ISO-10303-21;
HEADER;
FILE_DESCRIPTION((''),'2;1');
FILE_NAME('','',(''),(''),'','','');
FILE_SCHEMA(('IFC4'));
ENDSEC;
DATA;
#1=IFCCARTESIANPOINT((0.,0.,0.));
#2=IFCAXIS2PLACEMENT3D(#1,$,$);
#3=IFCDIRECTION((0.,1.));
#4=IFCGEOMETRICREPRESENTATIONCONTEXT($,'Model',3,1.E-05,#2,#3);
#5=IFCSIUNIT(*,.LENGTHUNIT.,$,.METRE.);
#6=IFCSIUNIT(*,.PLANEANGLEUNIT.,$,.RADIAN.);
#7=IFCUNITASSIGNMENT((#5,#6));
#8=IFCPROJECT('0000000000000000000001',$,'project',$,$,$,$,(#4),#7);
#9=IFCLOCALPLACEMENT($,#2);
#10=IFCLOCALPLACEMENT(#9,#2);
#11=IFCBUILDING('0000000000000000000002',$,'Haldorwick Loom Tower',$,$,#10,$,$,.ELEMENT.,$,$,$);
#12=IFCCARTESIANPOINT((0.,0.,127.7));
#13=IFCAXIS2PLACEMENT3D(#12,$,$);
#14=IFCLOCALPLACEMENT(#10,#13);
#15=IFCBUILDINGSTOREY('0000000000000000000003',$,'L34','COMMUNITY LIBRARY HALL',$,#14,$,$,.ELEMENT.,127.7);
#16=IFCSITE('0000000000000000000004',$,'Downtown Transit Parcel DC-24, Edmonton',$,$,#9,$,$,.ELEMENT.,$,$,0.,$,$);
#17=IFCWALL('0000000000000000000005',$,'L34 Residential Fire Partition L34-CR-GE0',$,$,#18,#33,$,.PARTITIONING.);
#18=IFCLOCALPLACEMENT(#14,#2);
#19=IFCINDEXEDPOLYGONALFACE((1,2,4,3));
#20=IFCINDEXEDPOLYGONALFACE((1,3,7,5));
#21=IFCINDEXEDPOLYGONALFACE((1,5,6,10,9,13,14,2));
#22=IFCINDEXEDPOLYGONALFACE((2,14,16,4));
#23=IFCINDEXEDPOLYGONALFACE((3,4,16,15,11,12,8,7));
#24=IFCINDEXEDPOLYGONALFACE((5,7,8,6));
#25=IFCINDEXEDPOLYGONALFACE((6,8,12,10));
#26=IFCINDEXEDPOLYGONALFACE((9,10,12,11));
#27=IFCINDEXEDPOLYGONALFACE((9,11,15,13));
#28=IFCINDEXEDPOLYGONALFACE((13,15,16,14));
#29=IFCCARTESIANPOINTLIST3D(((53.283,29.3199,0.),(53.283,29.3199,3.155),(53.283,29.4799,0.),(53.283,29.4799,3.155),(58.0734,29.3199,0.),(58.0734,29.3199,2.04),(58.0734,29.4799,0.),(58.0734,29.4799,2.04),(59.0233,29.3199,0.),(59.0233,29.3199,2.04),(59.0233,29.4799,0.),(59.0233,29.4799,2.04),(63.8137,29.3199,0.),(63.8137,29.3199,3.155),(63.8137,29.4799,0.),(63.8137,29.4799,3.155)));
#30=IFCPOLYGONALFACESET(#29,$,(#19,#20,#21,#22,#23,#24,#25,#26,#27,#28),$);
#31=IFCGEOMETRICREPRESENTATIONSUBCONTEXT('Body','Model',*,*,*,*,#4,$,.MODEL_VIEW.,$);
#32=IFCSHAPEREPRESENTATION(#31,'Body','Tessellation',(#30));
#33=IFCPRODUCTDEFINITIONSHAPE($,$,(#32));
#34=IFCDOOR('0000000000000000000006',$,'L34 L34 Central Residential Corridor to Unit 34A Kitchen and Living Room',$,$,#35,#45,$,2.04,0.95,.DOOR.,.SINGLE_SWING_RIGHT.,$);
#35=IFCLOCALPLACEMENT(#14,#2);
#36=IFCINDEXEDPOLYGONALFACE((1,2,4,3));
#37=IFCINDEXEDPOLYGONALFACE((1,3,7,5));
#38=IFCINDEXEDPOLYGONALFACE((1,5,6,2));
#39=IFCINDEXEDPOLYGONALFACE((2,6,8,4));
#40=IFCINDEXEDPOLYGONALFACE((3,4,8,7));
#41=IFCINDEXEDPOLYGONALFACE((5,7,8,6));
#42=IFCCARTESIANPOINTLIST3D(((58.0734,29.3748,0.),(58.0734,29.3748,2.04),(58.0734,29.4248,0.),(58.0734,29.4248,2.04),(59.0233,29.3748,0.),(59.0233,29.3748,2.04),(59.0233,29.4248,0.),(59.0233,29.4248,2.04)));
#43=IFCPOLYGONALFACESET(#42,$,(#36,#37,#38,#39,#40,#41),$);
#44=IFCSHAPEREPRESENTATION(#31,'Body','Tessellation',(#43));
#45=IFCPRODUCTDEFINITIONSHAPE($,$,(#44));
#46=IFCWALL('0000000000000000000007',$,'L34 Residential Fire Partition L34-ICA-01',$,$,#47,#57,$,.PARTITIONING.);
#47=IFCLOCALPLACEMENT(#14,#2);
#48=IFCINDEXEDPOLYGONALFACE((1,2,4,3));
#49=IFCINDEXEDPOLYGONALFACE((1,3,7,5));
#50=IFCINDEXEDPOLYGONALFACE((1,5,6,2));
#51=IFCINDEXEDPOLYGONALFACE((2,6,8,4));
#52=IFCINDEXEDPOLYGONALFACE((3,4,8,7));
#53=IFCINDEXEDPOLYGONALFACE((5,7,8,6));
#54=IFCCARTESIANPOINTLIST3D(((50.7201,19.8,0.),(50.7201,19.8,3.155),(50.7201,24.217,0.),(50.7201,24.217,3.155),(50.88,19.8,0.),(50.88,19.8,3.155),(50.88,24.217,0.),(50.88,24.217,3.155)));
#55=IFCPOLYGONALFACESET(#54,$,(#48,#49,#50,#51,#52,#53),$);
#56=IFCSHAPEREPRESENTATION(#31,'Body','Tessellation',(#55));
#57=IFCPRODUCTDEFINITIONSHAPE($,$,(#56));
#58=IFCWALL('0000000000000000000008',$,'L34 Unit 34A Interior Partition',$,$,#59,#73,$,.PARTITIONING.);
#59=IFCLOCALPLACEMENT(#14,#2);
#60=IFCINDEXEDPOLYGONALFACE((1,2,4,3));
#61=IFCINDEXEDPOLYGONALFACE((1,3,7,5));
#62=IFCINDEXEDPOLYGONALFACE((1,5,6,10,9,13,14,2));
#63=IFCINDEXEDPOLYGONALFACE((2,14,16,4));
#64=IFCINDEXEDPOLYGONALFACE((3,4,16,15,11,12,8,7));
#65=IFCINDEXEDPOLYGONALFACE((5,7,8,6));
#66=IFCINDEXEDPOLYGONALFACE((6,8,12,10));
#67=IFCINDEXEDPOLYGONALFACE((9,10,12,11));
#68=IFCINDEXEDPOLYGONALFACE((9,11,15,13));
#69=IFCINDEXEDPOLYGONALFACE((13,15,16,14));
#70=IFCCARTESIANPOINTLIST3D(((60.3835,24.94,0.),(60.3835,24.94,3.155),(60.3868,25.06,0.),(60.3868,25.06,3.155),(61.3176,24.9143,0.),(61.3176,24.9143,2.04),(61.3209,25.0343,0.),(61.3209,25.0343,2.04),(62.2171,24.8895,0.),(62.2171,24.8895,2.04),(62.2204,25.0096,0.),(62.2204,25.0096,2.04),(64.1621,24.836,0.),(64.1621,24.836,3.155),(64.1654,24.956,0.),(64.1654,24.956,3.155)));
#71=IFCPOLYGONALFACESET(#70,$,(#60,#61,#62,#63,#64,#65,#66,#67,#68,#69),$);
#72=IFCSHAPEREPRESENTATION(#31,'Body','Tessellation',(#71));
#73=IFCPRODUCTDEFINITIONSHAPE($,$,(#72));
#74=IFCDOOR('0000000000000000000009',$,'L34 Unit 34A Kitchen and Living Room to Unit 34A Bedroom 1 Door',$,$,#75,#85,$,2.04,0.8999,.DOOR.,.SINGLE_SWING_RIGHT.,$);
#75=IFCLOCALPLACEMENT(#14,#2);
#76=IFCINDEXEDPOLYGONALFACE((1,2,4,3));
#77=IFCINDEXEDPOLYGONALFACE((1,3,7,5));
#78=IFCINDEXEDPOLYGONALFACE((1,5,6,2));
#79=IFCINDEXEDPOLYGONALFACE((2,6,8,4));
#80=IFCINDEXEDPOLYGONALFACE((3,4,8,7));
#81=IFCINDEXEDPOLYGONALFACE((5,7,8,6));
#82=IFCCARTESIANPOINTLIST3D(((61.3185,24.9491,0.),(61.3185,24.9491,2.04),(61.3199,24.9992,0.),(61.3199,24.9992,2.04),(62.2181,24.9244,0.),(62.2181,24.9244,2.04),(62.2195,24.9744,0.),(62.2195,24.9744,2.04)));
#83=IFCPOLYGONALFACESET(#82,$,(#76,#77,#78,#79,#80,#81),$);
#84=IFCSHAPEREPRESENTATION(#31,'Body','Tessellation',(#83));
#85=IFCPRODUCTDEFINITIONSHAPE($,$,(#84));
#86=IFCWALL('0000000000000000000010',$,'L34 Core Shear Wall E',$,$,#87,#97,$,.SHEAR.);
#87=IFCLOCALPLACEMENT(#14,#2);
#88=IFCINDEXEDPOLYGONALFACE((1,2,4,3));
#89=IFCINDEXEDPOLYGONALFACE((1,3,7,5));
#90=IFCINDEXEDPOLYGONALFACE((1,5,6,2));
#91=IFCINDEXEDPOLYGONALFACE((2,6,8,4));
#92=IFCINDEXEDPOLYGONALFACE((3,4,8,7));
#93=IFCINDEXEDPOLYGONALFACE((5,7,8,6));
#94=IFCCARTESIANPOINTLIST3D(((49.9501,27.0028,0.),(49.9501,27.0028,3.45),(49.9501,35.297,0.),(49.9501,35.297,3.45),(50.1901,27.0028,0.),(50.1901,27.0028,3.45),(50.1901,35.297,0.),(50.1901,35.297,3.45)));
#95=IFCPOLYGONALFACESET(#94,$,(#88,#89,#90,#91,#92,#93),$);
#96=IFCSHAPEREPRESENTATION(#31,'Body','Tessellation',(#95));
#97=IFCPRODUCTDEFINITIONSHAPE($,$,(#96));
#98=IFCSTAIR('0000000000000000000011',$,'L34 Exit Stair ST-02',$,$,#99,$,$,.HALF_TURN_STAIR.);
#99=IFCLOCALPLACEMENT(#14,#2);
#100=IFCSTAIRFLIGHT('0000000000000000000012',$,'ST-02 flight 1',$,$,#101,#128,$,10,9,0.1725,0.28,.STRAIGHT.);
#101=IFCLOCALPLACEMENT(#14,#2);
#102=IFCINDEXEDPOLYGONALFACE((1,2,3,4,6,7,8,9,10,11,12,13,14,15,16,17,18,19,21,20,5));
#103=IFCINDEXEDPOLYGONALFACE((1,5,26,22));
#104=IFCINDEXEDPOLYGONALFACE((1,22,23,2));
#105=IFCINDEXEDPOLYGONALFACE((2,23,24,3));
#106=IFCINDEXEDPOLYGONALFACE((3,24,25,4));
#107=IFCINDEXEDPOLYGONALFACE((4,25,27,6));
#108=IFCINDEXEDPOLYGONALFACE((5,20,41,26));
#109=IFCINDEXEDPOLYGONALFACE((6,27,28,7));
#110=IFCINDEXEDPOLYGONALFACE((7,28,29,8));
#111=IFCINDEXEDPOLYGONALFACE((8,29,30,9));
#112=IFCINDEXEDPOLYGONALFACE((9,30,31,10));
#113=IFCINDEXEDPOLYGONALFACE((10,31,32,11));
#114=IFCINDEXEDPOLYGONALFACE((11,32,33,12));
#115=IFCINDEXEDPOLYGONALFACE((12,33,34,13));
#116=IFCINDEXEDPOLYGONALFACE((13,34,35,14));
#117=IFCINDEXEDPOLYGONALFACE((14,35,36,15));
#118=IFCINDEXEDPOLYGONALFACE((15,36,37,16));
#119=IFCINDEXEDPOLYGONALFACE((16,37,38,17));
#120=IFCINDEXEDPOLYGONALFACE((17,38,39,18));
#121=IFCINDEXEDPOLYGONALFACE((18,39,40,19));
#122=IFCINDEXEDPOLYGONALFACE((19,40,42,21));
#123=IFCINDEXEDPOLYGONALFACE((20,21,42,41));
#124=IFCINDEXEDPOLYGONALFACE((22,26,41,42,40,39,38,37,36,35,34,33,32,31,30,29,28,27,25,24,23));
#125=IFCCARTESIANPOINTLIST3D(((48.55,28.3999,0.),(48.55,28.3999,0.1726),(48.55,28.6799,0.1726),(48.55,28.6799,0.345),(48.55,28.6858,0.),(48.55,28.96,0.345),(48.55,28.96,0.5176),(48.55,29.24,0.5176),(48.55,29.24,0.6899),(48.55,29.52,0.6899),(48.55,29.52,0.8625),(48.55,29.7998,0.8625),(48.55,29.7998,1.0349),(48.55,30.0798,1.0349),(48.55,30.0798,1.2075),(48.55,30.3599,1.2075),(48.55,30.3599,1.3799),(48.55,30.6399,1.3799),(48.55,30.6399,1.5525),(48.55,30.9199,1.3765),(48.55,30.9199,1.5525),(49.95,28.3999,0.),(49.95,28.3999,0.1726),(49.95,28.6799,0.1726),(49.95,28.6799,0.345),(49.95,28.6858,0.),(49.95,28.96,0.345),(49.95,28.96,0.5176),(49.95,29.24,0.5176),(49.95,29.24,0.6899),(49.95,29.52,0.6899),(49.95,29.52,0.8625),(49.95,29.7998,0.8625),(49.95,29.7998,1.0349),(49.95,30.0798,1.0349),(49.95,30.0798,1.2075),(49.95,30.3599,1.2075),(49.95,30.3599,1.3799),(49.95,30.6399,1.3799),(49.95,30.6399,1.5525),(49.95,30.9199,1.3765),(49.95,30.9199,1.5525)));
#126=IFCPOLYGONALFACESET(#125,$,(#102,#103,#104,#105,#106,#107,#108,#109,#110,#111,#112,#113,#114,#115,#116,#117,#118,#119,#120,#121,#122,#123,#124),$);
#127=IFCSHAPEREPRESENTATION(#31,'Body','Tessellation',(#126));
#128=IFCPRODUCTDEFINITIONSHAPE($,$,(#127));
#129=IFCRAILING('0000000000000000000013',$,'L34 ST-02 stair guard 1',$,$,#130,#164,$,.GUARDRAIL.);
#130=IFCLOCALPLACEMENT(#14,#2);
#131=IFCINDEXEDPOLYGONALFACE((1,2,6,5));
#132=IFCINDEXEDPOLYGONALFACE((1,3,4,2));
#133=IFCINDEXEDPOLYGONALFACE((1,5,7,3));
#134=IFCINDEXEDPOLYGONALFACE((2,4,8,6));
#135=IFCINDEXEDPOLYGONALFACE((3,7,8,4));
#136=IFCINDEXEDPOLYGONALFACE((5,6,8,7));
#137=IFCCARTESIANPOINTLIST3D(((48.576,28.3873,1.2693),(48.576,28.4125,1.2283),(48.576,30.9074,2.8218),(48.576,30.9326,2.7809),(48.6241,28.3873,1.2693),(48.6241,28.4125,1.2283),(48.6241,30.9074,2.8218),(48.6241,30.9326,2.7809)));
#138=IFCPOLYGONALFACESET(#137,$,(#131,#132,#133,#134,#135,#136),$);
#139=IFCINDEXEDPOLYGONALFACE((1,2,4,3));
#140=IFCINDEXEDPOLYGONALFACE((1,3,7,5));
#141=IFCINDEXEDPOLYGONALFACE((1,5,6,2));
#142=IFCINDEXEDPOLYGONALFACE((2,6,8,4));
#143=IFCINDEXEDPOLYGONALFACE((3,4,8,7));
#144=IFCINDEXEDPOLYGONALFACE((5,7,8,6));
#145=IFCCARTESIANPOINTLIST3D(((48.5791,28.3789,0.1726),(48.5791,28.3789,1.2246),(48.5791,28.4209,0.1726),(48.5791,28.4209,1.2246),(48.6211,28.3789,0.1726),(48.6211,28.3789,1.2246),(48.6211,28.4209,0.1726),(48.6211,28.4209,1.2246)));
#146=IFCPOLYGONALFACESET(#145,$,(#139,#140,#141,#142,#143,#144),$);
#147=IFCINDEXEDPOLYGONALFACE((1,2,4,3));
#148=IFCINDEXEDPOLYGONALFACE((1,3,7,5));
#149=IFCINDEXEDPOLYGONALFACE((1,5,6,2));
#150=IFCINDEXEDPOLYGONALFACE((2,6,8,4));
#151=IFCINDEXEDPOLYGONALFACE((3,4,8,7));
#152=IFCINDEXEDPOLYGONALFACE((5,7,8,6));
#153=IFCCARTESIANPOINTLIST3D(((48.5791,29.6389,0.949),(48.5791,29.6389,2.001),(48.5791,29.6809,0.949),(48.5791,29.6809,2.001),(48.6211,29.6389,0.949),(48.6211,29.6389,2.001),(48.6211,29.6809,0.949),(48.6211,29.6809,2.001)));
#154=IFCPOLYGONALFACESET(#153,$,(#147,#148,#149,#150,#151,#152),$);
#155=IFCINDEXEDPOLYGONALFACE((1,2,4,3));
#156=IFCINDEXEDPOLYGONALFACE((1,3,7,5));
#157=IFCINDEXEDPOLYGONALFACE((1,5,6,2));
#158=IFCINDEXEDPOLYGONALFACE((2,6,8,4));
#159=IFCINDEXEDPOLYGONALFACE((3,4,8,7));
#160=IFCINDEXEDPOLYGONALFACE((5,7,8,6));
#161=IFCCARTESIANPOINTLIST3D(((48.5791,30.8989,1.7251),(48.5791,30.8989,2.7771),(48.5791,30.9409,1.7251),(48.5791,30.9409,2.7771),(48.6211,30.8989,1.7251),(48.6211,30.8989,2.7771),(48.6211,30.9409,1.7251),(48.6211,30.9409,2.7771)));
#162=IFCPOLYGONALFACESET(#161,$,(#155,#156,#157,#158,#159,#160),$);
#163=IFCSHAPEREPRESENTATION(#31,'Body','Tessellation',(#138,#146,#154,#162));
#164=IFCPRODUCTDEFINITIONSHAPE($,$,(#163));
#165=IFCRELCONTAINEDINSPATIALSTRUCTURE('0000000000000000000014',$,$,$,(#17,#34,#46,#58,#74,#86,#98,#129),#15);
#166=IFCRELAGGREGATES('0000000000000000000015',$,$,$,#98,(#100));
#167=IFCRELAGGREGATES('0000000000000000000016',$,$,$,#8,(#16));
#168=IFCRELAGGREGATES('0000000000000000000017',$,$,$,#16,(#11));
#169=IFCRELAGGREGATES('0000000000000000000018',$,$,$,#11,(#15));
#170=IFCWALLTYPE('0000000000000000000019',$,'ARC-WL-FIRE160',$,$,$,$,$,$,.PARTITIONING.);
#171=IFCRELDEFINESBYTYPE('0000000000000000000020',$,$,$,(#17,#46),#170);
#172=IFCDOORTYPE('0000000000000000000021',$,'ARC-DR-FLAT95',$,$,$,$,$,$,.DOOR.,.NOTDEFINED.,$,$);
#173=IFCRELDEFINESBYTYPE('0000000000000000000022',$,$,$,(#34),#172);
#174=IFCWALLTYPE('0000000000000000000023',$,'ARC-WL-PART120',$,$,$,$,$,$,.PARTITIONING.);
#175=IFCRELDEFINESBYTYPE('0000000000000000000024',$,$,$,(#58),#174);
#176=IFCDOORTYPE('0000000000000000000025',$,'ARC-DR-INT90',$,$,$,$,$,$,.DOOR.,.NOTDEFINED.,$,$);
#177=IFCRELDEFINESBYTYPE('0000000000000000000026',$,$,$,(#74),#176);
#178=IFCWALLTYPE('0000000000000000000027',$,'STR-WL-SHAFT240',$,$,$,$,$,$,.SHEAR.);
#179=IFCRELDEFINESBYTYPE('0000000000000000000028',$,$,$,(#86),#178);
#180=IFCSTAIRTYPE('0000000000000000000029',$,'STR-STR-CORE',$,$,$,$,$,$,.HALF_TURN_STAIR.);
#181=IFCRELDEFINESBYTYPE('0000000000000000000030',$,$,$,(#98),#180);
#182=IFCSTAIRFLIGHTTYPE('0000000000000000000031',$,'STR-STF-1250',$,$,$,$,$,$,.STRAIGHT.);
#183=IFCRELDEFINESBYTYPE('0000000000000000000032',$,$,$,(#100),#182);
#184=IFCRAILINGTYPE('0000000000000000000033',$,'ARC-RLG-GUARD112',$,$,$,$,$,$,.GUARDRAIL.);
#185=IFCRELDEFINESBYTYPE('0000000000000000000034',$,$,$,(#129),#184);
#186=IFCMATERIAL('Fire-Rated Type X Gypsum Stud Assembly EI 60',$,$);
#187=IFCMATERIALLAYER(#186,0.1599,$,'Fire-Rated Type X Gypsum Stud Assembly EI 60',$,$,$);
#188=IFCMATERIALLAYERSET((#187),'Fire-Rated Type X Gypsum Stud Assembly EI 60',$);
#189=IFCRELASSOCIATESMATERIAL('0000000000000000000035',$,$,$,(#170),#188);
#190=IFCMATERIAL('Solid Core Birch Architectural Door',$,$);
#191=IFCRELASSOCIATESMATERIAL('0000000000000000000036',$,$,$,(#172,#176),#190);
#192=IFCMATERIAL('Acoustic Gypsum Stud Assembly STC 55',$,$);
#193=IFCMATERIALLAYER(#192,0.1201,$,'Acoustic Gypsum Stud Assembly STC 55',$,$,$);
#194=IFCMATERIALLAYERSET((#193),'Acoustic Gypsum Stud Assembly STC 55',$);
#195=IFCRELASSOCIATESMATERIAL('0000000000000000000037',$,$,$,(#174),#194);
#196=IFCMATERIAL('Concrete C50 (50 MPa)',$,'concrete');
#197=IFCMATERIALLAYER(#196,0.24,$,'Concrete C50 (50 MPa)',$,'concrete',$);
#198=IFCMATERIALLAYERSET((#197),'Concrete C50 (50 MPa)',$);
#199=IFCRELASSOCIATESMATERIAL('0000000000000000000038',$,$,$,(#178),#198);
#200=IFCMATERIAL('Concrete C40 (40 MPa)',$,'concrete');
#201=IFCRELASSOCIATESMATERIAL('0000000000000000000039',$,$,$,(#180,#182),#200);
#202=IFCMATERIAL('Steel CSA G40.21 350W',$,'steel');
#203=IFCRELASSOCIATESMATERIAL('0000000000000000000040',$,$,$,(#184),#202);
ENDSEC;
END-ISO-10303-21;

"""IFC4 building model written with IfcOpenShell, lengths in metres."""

from ifc_helpers import new_model, si_unit, direction, frame, frame_2d, origin, origin_2d, place, context, subcontext, project, spatial, polyline, rectangle, outline, extrude, material, layer, layer_set, type_object, element, fill, aggregate, save


model = new_model("IFC4")

# Units and contexts
model_context = context("Model", 3, precision=1e-05, world=origin(), true_north=direction((0.0, 1.0)))
body_context = subcontext(model_context, "Body", "Model", "MODEL_VIEW")
ifc_project = project(units=[si_unit("LENGTHUNIT", "METRE"), si_unit("PLANEANGLEUNIT", "RADIAN")], contexts=[model_context])

# Site, building, storey
site_placement = place(None, origin())
site = spatial("IfcSite", under=ifc_project, at=site_placement, Name="Downtown Transit Parcel DC-24, Edmonton", CompositionType="ELEMENT", RefElevation=0.0)
building_placement = place(site_placement, origin())
building = spatial("IfcBuilding", under=site, at=building_placement, Name="Haldorwick Loom Tower", CompositionType="ELEMENT")
storey_placement = place(building_placement, frame((0.0, 0.0, 127.7)))
storey = spatial("IfcBuildingStorey", under=building, at=storey_placement, Name="L34", Description="COMMUNITY LIBRARY HALL", CompositionType="ELEMENT", Elevation=127.7)

# Shared definitions
ifc_material_1 = material(Name="Steel CSA G40.21 350W", Category="steel")

# Shared definitions
ifc_material_2 = material(Name="Fire-Rated Type X Gypsum Stud Assembly EI 60")
ifc_layer_1 = layer(ifc_material_2, 0.1599, Name="Fire-Rated Type X Gypsum Stud Assembly EI 60")
ifc_layer_set_1 = layer_set([ifc_layer_1], Name="Fire-Rated Type X Gypsum Stud Assembly EI 60")
wall_type_1 = type_object("IfcWallType", Name="ARC-WL-FIRE160", PredefinedType="PARTITIONING", material=ifc_layer_set_1)

# Wall, opening, door
wall_1_placement = place(storey_placement, frame((53.283, 29.3999, 0.0), z_axis=(0.0, 0.0, 1.0), x_axis=(1.0, 0.0, 0.0)))
wall_1 = element("IfcWall", 1, at=wall_1_placement, inside=storey, type_object=wall_type_1, Name="L34 Residential Fire Partition L34-CR-GE0", PredefinedType="PARTITIONING", context=body_context, shape_type="SweptSolid", body=[
    extrude(rectangle(XDim=10.5308, YDim=0.1599, at=frame_2d((5.2654, 0.0))), origin(), (0.0, 0.0, 1.0), 3.155),
])
opening_1_placement = place(wall_1_placement, frame((4.7903, 0.0, 0.0)))
opening_1 = element("IfcOpeningElement", 2, at=opening_1_placement, cuts=wall_1, PredefinedType="OPENING", context=body_context, shape_type="SweptSolid", body=[
    extrude(rectangle(XDim=0.95, YDim=2.04, at=frame_2d((0.4751, 1.02))), frame((0.0, 0.0898, 0.0), z_axis=(0.0, -1.0, 0.0), x_axis=(1.0, 0.0, 0.0)), (0.0, 0.0, 1.0), 0.1799),
])
ifc_material_3 = material(Name="Solid Core Birch Architectural Door")
door_type_1 = type_object("IfcDoorType", Name="ARC-DR-FLAT95", OperationType="NOTDEFINED", PredefinedType="DOOR", material=ifc_material_3)
door_1_placement = place(opening_1_placement, origin())
door_1 = element("IfcDoor", 3, at=door_1_placement, inside=storey, type_object=door_type_1, Name="L34 L34 Central Residential Corridor to Unit 34A Kitchen and Living Room", OperationType="SINGLE_SWING_RIGHT", OverallHeight=2.04, OverallWidth=0.95, PredefinedType="DOOR", context=body_context, shape_type="SweptSolid", body=[
    extrude(rectangle(XDim=0.95, YDim=2.04, at=frame_2d((0.4751, 1.02))), frame((0.0, 0.0249, 0.0), z_axis=(0.0, -1.0, 0.0), x_axis=(1.0, 0.0, 0.0)), (0.0, 0.0, 1.0), 0.05),
])
fill(opening_1, door_1)

# Wall
wall_2_placement = place(storey_placement, frame((50.8, 24.217, 0.0), z_axis=(0.0, 0.0, 1.0), x_axis=(0.0, -1.0, 0.0)))
element("IfcWall", 4, at=wall_2_placement, inside=storey, type_object=wall_type_1, Name="L34 Residential Fire Partition L34-ICA-01", PredefinedType="PARTITIONING", context=body_context, shape_type="SweptSolid", body=[
    extrude(rectangle(XDim=4.417, YDim=0.1599, at=frame_2d((2.2085, 0.0))), origin(), (0.0, 0.0, 1.0), 3.155),
])

# Wall, opening, door
ifc_material_4 = material(Name="Acoustic Gypsum Stud Assembly STC 55")
ifc_layer_2 = layer(ifc_material_4, 0.1201, Name="Acoustic Gypsum Stud Assembly STC 55")
ifc_layer_set_2 = layer_set([ifc_layer_2], Name="Acoustic Gypsum Stud Assembly STC 55")
wall_type_2 = type_object("IfcWallType", Name="ARC-WL-PART120", PredefinedType="PARTITIONING", material=ifc_layer_set_2)
wall_3_placement = place(storey_placement, frame((60.385, 25.0, 0.0), z_axis=(0.0, 0.0, 1.0), x_axis=(0.999621, -0.027514, 0.0)))
wall_3 = element("IfcWall", 5, at=wall_3_placement, inside=storey, type_object=wall_type_2, Name="L34 Unit 34A Interior Partition", PredefinedType="PARTITIONING", context=body_context, shape_type="SweptSolid", body=[
    extrude(rectangle(XDim=3.78, YDim=0.1201, at=frame_2d((1.8901, 0.0))), origin(), (0.0, 0.0, 1.0), 3.155),
])
opening_2_placement = place(wall_3_placement, frame((0.9346, 0.0, 0.0)))
opening_2 = element("IfcOpeningElement", 6, at=opening_2_placement, cuts=wall_3, PredefinedType="OPENING", context=body_context, shape_type="SweptSolid", body=[
    extrude(rectangle(XDim=0.8999, YDim=2.04, at=frame_2d((0.45, 1.02))), frame((0.0, 0.0701, 0.0), z_axis=(0.0, -1.0, 0.0), x_axis=(1.0, 0.0, 0.0)), (0.0, 0.0, 1.0), 0.1401),
])
door_type_2 = type_object("IfcDoorType", Name="ARC-DR-INT90", OperationType="NOTDEFINED", PredefinedType="DOOR", material=ifc_material_3)
door_2_placement = place(opening_2_placement, origin())
door_2 = element("IfcDoor", 7, at=door_2_placement, inside=storey, type_object=door_type_2, Name="L34 Unit 34A Kitchen and Living Room to Unit 34A Bedroom 1 Door", OperationType="SINGLE_SWING_RIGHT", OverallHeight=2.04, OverallWidth=0.8999, PredefinedType="DOOR", context=body_context, shape_type="SweptSolid", body=[
    extrude(rectangle(XDim=0.8999, YDim=2.04, at=frame_2d((0.45, 1.02))), frame((0.0, 0.0249, 0.0), z_axis=(0.0, -1.0, 0.0), x_axis=(1.0, 0.0, 0.0)), (0.0, 0.0, 1.0), 0.05),
])
fill(opening_2, door_2)

# Wall
ifc_material_5 = material(Name="Concrete C50 (50 MPa)", Category="concrete")
ifc_layer_3 = layer(ifc_material_5, 0.24, Name="Concrete C50 (50 MPa)", Category="concrete")
ifc_layer_set_3 = layer_set([ifc_layer_3], Name="Concrete C50 (50 MPa)")
wall_type_3 = type_object("IfcWallType", Name="STR-WL-SHAFT240", PredefinedType="SHEAR", material=ifc_layer_set_3)
wall_4_placement = place(storey_placement, frame((50.0701, 27.0029, 0.0), z_axis=(0.0, 0.0, 1.0), x_axis=(0.0, 1.0, 0.0)))
element("IfcWall", 8, at=wall_4_placement, inside=storey, type_object=wall_type_3, Name="L34 Core Shear Wall E", PredefinedType="SHEAR", context=body_context, shape_type="SweptSolid", body=[
    extrude(rectangle(XDim=8.2942, YDim=0.24, at=frame_2d((4.147, 0.0))), origin(), (0.0, 0.0, 1.0), 3.45),
])

# Stair, stair flight
ifc_material_6 = material(Name="Concrete C40 (40 MPa)", Category="concrete")
stair_type = type_object("IfcStairType", Name="STR-STR-CORE", PredefinedType="HALF_TURN_STAIR", material=ifc_material_6)
stair_placement = place(storey_placement, origin())
stair = element("IfcStair", 9, at=stair_placement, inside=storey, type_object=stair_type, Name="L34 Exit Stair ST-02", PredefinedType="HALF_TURN_STAIR")
stair_flight_type = type_object("IfcStairFlightType", Name="STR-STF-1250", PredefinedType="STRAIGHT", material=ifc_material_6)
stair_flight_placement = place(storey_placement, frame((49.25, 28.3999, 0.0), z_axis=(0.0, 0.0, 1.0), x_axis=(0.0, 1.0, 0.0)))
stair_flight = element("IfcStairFlight", 10, at=stair_flight_placement, type_object=stair_flight_type, Name="ST-02 flight 1", NumberOfRisers=10, NumberOfTreads=9, PredefinedType="STRAIGHT", RiserHeight=0.1725, TreadLength=0.28, context=body_context, shape_type="SweptSolid", body=[
    extrude(outline(polyline([(0.0, 0.0), (0.0, 0.1726), (0.28, 0.1726), (0.28, 0.345), (0.5601, 0.345), (0.5601, 0.5176), (0.8401, 0.5176), (0.8401, 0.6899), (1.1201, 0.6899), (1.1201, 0.8625), (1.3999, 0.8625), (1.3999, 1.0349), (1.6799, 1.0349), (1.6799, 1.2075), (1.96, 1.2075), (1.96, 1.3799), (2.24, 1.3799), (2.24, 1.5525), (2.52, 1.5525), (2.52, 1.7251), (2.52, 1.3765), (0.2859, 0.0), (0.0, 0.0)])), frame((0.0, 0.7, 0.0), z_axis=(0.0, -1.0, 0.0), x_axis=(1.0, 0.0, 0.0)), (0.0, 0.0, 1.0), 1.3999),
])
aggregate(stair, [stair_flight])

# Railing
railing_type_1 = type_object("IfcRailingType", Name="ARC-RLG-GUARD112", PredefinedType="GUARDRAIL", material=ifc_material_1)
railing_1_placement = place(storey_placement, frame((48.6001, 28.3999, 0.1726)))
element("IfcRailing", 11, at=railing_1_placement, inside=storey, type_object=railing_type_1, Name="L34 ST-02 stair guard 1", PredefinedType="GUARDRAIL", context=body_context, shape_type="SweptSolid", body=[
    extrude(rectangle(XDim=0.0481, YDim=0.0481, at=origin_2d()), frame((0.0, 0.0, 1.0762), z_axis=(0.0, 0.8514, 0.524516), x_axis=(-1.0, 0.0, 0.0)), (0.0, 0.0, 1.0), 2.96),
    extrude(rectangle(XDim=0.042, YDim=0.042, at=origin_2d()), origin(), (0.0, 0.0, 1.0), 1.052),
    extrude(rectangle(XDim=0.042, YDim=0.042, at=origin_2d()), frame((0.0, 1.26, 0.7764)), (0.0, 0.0, 1.0), 1.052),
    extrude(rectangle(XDim=0.042, YDim=0.042, at=origin_2d()), frame((0.0, 2.52, 1.5525)), (0.0, 0.0, 1.0), 1.052),
])

save(model, "model.ifc")
